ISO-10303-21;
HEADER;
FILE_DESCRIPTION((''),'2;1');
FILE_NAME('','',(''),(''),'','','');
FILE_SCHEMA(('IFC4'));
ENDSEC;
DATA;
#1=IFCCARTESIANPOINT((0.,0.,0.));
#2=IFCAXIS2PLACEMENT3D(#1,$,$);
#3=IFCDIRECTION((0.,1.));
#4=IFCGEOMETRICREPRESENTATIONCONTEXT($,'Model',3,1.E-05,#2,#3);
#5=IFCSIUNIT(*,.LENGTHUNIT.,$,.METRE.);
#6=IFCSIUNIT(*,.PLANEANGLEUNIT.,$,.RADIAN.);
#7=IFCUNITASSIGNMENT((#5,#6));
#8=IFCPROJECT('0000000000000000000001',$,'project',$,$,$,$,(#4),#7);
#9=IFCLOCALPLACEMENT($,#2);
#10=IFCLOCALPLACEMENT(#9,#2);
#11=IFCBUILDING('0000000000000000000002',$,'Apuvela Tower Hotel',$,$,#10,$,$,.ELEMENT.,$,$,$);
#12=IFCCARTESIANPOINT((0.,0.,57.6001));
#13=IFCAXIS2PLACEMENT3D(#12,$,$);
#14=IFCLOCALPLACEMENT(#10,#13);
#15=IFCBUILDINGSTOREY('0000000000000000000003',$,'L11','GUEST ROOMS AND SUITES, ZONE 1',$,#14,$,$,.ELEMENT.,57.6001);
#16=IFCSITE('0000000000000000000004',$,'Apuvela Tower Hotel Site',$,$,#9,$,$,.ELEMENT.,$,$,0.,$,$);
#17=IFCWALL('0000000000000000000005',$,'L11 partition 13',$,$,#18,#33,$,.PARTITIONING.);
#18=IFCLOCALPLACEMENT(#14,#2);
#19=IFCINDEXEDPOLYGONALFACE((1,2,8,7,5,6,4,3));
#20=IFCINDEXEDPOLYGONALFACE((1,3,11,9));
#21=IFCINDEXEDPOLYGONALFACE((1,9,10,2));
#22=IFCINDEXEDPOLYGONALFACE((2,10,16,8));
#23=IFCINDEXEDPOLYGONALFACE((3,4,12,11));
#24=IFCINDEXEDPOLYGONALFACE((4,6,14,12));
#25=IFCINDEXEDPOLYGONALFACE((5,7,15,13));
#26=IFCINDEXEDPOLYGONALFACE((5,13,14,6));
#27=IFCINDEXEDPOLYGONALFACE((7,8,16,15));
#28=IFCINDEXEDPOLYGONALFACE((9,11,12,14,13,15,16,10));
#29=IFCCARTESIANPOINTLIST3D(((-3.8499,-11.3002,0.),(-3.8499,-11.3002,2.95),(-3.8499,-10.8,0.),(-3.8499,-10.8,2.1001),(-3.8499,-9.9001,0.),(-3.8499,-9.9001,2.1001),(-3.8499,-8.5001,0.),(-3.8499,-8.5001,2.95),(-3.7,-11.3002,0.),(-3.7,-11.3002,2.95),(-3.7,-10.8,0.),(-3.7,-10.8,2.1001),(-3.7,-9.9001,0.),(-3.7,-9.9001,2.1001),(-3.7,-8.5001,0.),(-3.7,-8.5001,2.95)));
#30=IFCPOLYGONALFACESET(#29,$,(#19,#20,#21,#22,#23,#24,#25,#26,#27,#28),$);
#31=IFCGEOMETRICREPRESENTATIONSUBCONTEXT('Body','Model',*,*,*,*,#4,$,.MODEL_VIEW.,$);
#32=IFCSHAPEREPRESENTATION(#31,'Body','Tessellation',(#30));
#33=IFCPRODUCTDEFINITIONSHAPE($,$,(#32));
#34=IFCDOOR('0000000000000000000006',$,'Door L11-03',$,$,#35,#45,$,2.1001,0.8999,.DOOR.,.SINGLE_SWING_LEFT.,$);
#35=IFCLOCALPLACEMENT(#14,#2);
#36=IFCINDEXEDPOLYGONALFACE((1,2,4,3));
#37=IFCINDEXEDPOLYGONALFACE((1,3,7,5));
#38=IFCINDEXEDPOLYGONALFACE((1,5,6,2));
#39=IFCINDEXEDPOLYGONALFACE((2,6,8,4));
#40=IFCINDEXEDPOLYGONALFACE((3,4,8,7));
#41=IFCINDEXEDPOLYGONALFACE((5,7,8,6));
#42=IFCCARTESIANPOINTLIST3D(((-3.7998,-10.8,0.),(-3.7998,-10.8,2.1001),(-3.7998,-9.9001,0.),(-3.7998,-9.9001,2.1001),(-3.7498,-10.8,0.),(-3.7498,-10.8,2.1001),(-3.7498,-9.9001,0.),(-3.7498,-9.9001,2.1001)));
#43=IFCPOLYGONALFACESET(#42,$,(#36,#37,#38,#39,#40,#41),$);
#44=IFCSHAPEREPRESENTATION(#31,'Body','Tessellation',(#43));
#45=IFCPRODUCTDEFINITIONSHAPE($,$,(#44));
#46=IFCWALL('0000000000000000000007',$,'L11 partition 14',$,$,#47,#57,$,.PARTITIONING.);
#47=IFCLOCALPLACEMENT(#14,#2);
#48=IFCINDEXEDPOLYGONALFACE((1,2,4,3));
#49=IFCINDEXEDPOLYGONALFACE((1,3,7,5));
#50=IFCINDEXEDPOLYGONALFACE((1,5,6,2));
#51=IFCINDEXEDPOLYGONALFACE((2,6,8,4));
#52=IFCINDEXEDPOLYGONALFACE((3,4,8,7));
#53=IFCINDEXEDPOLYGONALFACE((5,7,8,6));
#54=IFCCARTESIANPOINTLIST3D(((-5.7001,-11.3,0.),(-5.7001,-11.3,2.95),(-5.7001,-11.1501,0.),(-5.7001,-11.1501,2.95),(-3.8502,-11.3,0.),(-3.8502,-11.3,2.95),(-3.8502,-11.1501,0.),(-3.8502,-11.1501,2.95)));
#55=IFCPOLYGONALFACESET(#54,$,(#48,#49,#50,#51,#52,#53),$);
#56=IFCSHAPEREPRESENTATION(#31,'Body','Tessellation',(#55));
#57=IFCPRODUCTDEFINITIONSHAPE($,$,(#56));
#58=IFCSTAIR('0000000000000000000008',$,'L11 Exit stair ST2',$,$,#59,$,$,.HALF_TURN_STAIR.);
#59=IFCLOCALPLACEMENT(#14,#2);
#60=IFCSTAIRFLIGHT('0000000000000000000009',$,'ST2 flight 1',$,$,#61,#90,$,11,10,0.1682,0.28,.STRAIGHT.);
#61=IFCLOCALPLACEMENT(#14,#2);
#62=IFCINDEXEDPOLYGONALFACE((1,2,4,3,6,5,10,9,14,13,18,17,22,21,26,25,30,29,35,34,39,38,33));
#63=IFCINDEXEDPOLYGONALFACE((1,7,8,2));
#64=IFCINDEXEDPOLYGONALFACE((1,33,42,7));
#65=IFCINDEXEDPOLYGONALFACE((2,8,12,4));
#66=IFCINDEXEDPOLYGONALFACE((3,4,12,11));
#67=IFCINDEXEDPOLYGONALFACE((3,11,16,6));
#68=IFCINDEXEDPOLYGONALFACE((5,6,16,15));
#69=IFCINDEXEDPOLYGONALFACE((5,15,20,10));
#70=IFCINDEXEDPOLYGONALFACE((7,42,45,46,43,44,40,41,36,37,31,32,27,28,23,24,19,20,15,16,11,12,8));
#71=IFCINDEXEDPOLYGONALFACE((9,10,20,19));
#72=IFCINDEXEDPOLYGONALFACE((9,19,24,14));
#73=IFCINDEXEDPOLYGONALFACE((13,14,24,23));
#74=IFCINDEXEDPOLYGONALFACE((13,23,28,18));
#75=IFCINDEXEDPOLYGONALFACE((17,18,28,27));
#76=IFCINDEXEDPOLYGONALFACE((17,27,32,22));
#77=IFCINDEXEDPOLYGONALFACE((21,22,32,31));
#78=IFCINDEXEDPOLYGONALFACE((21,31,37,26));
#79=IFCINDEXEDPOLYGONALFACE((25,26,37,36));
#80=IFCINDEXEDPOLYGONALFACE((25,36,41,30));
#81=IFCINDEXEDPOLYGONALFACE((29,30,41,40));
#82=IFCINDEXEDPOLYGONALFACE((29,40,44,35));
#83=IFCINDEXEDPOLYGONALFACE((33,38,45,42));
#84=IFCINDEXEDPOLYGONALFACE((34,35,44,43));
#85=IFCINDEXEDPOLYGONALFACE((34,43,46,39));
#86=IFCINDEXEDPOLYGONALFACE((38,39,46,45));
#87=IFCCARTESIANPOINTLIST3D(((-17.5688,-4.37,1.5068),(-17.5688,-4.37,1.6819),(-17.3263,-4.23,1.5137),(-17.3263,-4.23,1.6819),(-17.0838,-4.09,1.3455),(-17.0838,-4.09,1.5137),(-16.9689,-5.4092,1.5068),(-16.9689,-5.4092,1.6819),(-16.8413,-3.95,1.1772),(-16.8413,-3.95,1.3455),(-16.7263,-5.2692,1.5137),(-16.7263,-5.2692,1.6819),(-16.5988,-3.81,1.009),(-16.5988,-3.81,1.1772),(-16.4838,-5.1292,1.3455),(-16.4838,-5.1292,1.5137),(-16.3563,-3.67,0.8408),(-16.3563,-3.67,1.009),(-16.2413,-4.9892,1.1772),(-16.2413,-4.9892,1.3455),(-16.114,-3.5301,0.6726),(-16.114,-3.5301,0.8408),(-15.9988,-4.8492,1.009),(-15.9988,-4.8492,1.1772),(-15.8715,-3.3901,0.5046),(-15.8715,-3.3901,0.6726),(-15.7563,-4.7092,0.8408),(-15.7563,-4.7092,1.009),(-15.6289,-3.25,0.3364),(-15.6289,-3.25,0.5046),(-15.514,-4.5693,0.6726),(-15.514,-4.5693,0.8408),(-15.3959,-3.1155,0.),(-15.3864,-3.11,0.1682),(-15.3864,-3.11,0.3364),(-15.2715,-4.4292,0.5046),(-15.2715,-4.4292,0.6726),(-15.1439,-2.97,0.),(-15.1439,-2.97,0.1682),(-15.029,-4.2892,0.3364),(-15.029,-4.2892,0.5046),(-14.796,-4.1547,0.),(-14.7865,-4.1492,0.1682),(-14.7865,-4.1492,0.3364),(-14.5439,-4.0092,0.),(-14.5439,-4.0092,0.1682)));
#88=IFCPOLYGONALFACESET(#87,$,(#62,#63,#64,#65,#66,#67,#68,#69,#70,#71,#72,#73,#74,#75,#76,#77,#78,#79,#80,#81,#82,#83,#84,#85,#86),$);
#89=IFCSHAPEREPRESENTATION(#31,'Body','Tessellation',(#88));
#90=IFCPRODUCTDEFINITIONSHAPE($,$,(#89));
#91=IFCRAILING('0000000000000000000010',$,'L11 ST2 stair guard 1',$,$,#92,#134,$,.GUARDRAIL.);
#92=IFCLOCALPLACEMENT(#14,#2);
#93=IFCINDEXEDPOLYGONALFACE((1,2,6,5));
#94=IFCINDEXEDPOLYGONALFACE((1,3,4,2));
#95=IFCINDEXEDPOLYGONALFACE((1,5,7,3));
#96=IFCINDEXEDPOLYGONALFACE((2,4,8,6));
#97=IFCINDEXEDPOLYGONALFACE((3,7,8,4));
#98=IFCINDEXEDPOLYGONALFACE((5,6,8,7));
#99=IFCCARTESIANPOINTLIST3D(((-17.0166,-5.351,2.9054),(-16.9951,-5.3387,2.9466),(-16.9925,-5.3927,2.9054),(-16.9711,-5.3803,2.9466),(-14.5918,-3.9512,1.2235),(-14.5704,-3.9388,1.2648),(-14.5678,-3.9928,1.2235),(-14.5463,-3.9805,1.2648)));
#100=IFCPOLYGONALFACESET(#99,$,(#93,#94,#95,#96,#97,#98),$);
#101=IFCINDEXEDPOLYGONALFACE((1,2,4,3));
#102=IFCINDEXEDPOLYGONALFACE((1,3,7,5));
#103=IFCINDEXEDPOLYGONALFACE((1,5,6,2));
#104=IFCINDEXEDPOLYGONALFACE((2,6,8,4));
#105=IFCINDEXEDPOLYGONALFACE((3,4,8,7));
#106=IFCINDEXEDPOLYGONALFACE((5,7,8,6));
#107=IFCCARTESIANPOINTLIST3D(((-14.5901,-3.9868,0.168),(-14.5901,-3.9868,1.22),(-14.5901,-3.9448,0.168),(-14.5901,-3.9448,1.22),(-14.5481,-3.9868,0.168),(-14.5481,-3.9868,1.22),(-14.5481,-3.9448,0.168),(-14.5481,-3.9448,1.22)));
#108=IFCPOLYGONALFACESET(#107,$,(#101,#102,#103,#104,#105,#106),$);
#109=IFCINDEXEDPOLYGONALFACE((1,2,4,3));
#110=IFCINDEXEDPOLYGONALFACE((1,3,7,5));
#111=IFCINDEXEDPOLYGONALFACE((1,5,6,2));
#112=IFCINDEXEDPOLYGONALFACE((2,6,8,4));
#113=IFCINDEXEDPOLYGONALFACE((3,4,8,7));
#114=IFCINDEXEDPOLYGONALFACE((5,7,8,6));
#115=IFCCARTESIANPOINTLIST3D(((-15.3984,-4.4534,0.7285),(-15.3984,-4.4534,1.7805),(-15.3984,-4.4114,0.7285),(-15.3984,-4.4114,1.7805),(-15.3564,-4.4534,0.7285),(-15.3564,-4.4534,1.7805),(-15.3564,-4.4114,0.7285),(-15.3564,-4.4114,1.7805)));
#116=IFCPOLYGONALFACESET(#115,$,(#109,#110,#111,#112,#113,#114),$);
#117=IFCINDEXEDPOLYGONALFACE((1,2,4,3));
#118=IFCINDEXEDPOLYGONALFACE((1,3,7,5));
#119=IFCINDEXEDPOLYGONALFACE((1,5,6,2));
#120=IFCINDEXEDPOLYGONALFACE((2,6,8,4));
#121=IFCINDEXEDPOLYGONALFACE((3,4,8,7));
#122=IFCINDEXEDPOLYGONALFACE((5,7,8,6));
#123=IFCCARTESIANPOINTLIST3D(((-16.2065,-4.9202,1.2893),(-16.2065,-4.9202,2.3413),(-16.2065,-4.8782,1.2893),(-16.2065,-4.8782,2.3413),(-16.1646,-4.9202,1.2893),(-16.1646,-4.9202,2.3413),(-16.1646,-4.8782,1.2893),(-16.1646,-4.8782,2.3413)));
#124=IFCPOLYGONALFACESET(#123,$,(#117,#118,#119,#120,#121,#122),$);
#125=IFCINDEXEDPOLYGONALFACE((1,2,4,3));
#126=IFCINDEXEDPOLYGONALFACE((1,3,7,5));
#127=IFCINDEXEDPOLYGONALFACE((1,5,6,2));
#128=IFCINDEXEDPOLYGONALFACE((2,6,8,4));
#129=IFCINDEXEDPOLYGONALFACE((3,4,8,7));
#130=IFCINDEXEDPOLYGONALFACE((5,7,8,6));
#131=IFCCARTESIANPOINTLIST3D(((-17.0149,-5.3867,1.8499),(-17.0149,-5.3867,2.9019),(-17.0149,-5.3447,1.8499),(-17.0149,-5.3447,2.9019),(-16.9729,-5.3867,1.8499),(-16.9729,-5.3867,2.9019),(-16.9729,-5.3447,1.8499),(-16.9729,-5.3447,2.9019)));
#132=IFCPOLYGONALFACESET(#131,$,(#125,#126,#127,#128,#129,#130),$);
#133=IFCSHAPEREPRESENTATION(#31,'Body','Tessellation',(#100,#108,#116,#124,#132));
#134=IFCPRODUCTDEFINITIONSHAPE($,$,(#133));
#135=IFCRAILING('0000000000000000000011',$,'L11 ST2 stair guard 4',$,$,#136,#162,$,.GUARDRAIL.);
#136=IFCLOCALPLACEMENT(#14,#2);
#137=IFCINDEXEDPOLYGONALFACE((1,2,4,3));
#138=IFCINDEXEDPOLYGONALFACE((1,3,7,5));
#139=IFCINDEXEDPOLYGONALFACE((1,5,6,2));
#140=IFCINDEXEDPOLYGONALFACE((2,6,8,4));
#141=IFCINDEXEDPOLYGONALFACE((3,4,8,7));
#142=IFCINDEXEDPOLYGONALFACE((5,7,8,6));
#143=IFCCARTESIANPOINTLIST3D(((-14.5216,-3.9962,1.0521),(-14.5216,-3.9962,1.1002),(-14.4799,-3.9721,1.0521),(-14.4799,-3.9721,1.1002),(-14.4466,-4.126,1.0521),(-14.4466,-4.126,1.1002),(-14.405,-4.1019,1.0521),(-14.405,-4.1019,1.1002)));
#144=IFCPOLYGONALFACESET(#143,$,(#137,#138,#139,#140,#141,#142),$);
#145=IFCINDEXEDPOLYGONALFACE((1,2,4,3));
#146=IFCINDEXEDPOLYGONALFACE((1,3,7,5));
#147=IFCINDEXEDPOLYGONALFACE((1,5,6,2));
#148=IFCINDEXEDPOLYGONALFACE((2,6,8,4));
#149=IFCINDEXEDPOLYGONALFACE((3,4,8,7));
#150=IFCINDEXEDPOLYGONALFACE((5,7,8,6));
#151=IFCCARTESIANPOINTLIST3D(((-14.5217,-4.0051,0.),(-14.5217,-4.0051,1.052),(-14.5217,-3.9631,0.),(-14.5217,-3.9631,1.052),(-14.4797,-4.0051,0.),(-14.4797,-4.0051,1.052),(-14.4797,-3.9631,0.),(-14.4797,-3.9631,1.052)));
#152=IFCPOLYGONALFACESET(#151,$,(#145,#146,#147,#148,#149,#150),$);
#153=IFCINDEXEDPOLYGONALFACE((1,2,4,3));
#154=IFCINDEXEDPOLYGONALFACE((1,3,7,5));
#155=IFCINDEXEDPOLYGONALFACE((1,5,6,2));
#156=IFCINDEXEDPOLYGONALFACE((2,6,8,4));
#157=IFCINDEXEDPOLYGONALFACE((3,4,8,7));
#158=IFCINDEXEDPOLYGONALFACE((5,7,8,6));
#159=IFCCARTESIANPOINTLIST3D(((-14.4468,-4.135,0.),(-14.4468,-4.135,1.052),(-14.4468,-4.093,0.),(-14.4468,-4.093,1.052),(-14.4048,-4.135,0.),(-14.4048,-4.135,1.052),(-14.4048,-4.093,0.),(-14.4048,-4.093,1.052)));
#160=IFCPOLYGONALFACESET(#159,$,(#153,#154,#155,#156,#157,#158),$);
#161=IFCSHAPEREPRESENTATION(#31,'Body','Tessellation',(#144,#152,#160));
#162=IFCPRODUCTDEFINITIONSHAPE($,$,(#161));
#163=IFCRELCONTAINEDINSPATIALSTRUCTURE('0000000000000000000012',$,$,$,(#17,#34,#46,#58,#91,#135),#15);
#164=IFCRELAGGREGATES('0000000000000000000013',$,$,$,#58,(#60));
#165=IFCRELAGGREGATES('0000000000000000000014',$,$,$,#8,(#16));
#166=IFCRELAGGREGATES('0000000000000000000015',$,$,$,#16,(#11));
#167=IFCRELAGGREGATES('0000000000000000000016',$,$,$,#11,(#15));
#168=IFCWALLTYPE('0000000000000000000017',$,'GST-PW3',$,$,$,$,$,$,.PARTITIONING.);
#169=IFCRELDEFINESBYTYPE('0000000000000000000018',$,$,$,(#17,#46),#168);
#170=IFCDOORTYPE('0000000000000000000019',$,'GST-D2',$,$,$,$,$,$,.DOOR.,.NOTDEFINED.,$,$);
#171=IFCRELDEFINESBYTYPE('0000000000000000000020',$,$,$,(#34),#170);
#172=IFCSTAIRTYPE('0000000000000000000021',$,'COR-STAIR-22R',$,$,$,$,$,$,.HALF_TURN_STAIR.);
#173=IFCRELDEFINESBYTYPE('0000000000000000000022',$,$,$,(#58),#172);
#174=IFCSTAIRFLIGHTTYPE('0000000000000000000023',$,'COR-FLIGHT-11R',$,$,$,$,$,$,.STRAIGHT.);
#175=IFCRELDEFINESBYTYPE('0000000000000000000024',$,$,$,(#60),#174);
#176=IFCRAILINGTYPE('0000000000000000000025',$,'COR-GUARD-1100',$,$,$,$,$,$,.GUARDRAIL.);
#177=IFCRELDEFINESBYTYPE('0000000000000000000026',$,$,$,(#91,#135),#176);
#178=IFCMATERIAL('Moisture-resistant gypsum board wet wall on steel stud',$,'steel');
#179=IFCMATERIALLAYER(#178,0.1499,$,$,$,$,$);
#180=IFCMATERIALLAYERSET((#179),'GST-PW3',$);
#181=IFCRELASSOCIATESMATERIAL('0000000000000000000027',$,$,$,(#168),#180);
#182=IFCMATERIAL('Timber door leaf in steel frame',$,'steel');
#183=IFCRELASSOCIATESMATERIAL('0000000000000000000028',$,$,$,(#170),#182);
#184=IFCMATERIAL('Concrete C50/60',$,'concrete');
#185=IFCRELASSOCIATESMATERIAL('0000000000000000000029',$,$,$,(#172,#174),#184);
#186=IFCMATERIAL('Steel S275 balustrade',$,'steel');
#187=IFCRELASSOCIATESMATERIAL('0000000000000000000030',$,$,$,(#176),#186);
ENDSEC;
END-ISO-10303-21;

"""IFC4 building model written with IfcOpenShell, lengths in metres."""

from ifc_helpers import new_model, si_unit, direction, frame, frame_2d, origin, origin_2d, place, context, subcontext, project, spatial, polyline, rectangle, outline, extrude, material, layer, layer_set, type_object, element, fill, aggregate, save


model = new_model("IFC4")

# Units and contexts
model_context = context("Model", 3, precision=1e-05, world=origin(), true_north=direction((0.0, 1.0)))
body_context = subcontext(model_context, "Body", "Model", "MODEL_VIEW")
ifc_project = project(units=[si_unit("LENGTHUNIT", "METRE"), si_unit("PLANEANGLEUNIT", "RADIAN")], contexts=[model_context])

# Site, building, storey
site_placement = place(None, origin())
site = spatial("IfcSite", under=ifc_project, at=site_placement, Name="Apuvela Tower Hotel Site", CompositionType="ELEMENT", RefElevation=0.0)
building_placement = place(site_placement, origin())
building = spatial("IfcBuilding", under=site, at=building_placement, Name="Apuvela Tower Hotel", CompositionType="ELEMENT")
storey_placement = place(building_placement, frame((0.0, 0.0, 57.6001)))
storey = spatial("IfcBuildingStorey", under=building, at=storey_placement, Name="L11", Description="GUEST ROOMS AND SUITES, ZONE 1", CompositionType="ELEMENT", Elevation=57.6001)

# Shared definitions
ifc_material_1 = material(Name="Concrete C50/60", Category="concrete")

# Wall, opening, door
ifc_material_2 = material(Name="Timber door leaf in steel frame", Category="steel")
ifc_material_3 = material(Name="Moisture-resistant gypsum board wet wall on steel stud", Category="steel")
ifc_layer_1 = layer(ifc_material_3, 0.1499)
ifc_layer_set_1 = layer_set([ifc_layer_1], Name="GST-PW3")
wall_type_1 = type_object("IfcWallType", Name="GST-PW3", PredefinedType="PARTITIONING", material=ifc_layer_set_1)
door_type_1 = type_object("IfcDoorType", Name="GST-D2", OperationType="NOTDEFINED", PredefinedType="DOOR", material=ifc_material_2)
wall_1_placement = place(storey_placement, frame((-3.7749, -11.3, 0.0), z_axis=(0.0, 0.0, 1.0), x_axis=(0.0, 1.0, 0.0)))
wall_1 = element("IfcWall", 1, at=wall_1_placement, inside=storey, type_object=wall_type_1, Name="L11 partition 13", PredefinedType="PARTITIONING", context=body_context, shape_type="SweptSolid", body=[
    extrude(rectangle(XDim=2.8, YDim=0.1499, at=frame_2d((1.3999, 0.0))), origin(), (0.0, 0.0, 1.0), 2.95),
])
opening_1_placement = place(wall_1_placement, frame((0.5, 0.0, 0.0)))
opening_1 = element("IfcOpeningElement", 2, at=opening_1_placement, cuts=wall_1, PredefinedType="OPENING", context=body_context, shape_type="SweptSolid", body=[
    extrude(rectangle(XDim=0.8999, YDim=2.1001, at=frame_2d((0.45, 1.05))), frame((0.0, 0.085, 0.0), z_axis=(0.0, -1.0, 0.0), x_axis=(1.0, 0.0, 0.0)), (0.0, 0.0, 1.0), 0.1699),
])
door_1_placement = place(opening_1_placement, origin())
door_1 = element("IfcDoor", 3, at=door_1_placement, inside=storey, type_object=door_type_1, Name="Door L11-03", OperationType="SINGLE_SWING_LEFT", OverallHeight=2.1001, OverallWidth=0.8999, PredefinedType="DOOR", context=body_context, shape_type="SweptSolid", body=[
    extrude(rectangle(XDim=0.8999, YDim=2.1001, at=frame_2d((0.45, 1.05))), frame((0.0, 0.0249, 0.0), z_axis=(0.0, -1.0, 0.0), x_axis=(1.0, 0.0, 0.0)), (0.0, 0.0, 1.0), 0.05),
])
fill(opening_1, door_1)

# Wall
wall_2_placement = place(storey_placement, frame((-5.7, -11.2251, 0.0), z_axis=(0.0, 0.0, 1.0), x_axis=(1.0, 0.0, 0.0)))
element("IfcWall", 4, at=wall_2_placement, inside=storey, type_object=wall_type_1, Name="L11 partition 14", PredefinedType="PARTITIONING", context=body_context, shape_type="SweptSolid", body=[
    extrude(rectangle(XDim=1.8499, YDim=0.1499, at=frame_2d((0.9248, 0.0))), origin(), (0.0, 0.0, 1.0), 2.95),
])

# Stair, stair flight
stair_type = type_object("IfcStairType", Name="COR-STAIR-22R", PredefinedType="HALF_TURN_STAIR", material=ifc_material_1)
stair_placement = place(storey_placement, origin())
stair = element("IfcStair", 5, at=stair_placement, inside=storey, type_object=stair_type, Name="L11 Exit stair ST2", PredefinedType="HALF_TURN_STAIR")
stair_flight_type = type_object("IfcStairFlightType", Name="COR-FLIGHT-11R", PredefinedType="STRAIGHT", material=ifc_material_1)
stair_flight_placement = place(storey_placement, frame((-14.844, -3.4895, 0.0), z_axis=(0.0, 0.0, 1.0), x_axis=(-0.866025, -0.5, 0.0)))
stair_flight = element("IfcStairFlight", 6, at=stair_flight_placement, type_object=stair_flight_type, Name="ST2 flight 1", NumberOfRisers=11, NumberOfTreads=10, PredefinedType="STRAIGHT", RiserHeight=0.1682, TreadLength=0.28, context=body_context, shape_type="SweptSolid", body=[
    extrude(outline(polyline([(0.0, 0.0), (0.0, 0.1682), (0.28, 0.1682), (0.28, 0.3364), (0.5601, 0.3364), (0.5601, 0.5046), (0.8401, 0.5046), (0.8401, 0.6726), (1.1201, 0.6726), (1.1201, 0.8408), (1.3999, 0.8408), (1.3999, 1.009), (1.6799, 1.009), (1.6799, 1.1772), (1.96, 1.1772), (1.96, 1.3455), (2.24, 1.3455), (2.24, 1.5137), (2.52, 1.5137), (2.52, 1.6819), (2.8, 1.6819), (2.8, 1.8501), (2.8, 1.5068), (0.291, 0.0), (0.0, 0.0)])), frame((0.0, 0.6001, 0.0), z_axis=(0.0, -1.0, 0.0), x_axis=(1.0, 0.0, 0.0)), (0.0, 0.0, 1.0), 1.2),
])
aggregate(stair, [stair_flight])

# Railings
ifc_material_4 = material(Name="Steel S275 balustrade", Category="steel")
railing_type = type_object("IfcRailingType", Name="COR-GUARD-1100", PredefinedType="GUARDRAIL", material=ifc_material_4)
railing_1_placement = place(storey_placement, frame((-14.5691, -3.9658, 0.168)))
element("IfcRailing", 7, at=railing_1_placement, inside=storey, type_object=railing_type, Name="L11 ST2 stair guard 1", PredefinedType="GUARDRAIL", context=body_context, shape_type="SweptSolid", body=[
    extrude(rectangle(XDim=0.0481, YDim=0.0481, at=origin_2d()), frame((0.0, 0.0, 1.0762), z_axis=(-0.74239, -0.428601, 0.514934), x_axis=(0.499984, -0.866035, 0.0)), (0.0, 0.0, 1.0), 3.2661),
    extrude(rectangle(XDim=0.042, YDim=0.042, at=origin_2d()), origin(), (0.0, 0.0, 1.0), 1.052),
    extrude(rectangle(XDim=0.042, YDim=0.042, at=origin_2d()), frame((-0.8083, -0.4666, 0.5605)), (0.0, 0.0, 1.0), 1.052),
    extrude(rectangle(XDim=0.042, YDim=0.042, at=origin_2d()), frame((-1.6165, -0.9333, 1.1213)), (0.0, 0.0, 1.0), 1.052),
    extrude(rectangle(XDim=0.042, YDim=0.042, at=origin_2d()), frame((-2.4248, -1.3999, 1.6819)), (0.0, 0.0, 1.0), 1.052),
])
railing_2_placement = place(storey_placement, frame((-14.5007, -3.9841, 0.0)))
element("IfcRailing", 8, at=railing_2_placement, inside=storey, type_object=railing_type, Name="L11 ST2 stair guard 4", PredefinedType="GUARDRAIL", context=body_context, shape_type="SweptSolid", body=[
    extrude(rectangle(XDim=0.0481, YDim=0.0481, at=origin_2d()), frame((0.0, 0.0, 1.0762), z_axis=(0.499816, -0.866131, 0.0), x_axis=(0.866131, 0.499816, 0.0)), (0.0, 0.0, 1.0), 0.1499),
    extrude(rectangle(XDim=0.042, YDim=0.042, at=origin_2d()), origin(), (0.0, 0.0, 1.0), 1.052),
    extrude(rectangle(XDim=0.042, YDim=0.042, at=origin_2d()), frame((0.075, -0.1299, 0.0)), (0.0, 0.0, 1.0), 1.052),
])

save(model, "model.ifc")
